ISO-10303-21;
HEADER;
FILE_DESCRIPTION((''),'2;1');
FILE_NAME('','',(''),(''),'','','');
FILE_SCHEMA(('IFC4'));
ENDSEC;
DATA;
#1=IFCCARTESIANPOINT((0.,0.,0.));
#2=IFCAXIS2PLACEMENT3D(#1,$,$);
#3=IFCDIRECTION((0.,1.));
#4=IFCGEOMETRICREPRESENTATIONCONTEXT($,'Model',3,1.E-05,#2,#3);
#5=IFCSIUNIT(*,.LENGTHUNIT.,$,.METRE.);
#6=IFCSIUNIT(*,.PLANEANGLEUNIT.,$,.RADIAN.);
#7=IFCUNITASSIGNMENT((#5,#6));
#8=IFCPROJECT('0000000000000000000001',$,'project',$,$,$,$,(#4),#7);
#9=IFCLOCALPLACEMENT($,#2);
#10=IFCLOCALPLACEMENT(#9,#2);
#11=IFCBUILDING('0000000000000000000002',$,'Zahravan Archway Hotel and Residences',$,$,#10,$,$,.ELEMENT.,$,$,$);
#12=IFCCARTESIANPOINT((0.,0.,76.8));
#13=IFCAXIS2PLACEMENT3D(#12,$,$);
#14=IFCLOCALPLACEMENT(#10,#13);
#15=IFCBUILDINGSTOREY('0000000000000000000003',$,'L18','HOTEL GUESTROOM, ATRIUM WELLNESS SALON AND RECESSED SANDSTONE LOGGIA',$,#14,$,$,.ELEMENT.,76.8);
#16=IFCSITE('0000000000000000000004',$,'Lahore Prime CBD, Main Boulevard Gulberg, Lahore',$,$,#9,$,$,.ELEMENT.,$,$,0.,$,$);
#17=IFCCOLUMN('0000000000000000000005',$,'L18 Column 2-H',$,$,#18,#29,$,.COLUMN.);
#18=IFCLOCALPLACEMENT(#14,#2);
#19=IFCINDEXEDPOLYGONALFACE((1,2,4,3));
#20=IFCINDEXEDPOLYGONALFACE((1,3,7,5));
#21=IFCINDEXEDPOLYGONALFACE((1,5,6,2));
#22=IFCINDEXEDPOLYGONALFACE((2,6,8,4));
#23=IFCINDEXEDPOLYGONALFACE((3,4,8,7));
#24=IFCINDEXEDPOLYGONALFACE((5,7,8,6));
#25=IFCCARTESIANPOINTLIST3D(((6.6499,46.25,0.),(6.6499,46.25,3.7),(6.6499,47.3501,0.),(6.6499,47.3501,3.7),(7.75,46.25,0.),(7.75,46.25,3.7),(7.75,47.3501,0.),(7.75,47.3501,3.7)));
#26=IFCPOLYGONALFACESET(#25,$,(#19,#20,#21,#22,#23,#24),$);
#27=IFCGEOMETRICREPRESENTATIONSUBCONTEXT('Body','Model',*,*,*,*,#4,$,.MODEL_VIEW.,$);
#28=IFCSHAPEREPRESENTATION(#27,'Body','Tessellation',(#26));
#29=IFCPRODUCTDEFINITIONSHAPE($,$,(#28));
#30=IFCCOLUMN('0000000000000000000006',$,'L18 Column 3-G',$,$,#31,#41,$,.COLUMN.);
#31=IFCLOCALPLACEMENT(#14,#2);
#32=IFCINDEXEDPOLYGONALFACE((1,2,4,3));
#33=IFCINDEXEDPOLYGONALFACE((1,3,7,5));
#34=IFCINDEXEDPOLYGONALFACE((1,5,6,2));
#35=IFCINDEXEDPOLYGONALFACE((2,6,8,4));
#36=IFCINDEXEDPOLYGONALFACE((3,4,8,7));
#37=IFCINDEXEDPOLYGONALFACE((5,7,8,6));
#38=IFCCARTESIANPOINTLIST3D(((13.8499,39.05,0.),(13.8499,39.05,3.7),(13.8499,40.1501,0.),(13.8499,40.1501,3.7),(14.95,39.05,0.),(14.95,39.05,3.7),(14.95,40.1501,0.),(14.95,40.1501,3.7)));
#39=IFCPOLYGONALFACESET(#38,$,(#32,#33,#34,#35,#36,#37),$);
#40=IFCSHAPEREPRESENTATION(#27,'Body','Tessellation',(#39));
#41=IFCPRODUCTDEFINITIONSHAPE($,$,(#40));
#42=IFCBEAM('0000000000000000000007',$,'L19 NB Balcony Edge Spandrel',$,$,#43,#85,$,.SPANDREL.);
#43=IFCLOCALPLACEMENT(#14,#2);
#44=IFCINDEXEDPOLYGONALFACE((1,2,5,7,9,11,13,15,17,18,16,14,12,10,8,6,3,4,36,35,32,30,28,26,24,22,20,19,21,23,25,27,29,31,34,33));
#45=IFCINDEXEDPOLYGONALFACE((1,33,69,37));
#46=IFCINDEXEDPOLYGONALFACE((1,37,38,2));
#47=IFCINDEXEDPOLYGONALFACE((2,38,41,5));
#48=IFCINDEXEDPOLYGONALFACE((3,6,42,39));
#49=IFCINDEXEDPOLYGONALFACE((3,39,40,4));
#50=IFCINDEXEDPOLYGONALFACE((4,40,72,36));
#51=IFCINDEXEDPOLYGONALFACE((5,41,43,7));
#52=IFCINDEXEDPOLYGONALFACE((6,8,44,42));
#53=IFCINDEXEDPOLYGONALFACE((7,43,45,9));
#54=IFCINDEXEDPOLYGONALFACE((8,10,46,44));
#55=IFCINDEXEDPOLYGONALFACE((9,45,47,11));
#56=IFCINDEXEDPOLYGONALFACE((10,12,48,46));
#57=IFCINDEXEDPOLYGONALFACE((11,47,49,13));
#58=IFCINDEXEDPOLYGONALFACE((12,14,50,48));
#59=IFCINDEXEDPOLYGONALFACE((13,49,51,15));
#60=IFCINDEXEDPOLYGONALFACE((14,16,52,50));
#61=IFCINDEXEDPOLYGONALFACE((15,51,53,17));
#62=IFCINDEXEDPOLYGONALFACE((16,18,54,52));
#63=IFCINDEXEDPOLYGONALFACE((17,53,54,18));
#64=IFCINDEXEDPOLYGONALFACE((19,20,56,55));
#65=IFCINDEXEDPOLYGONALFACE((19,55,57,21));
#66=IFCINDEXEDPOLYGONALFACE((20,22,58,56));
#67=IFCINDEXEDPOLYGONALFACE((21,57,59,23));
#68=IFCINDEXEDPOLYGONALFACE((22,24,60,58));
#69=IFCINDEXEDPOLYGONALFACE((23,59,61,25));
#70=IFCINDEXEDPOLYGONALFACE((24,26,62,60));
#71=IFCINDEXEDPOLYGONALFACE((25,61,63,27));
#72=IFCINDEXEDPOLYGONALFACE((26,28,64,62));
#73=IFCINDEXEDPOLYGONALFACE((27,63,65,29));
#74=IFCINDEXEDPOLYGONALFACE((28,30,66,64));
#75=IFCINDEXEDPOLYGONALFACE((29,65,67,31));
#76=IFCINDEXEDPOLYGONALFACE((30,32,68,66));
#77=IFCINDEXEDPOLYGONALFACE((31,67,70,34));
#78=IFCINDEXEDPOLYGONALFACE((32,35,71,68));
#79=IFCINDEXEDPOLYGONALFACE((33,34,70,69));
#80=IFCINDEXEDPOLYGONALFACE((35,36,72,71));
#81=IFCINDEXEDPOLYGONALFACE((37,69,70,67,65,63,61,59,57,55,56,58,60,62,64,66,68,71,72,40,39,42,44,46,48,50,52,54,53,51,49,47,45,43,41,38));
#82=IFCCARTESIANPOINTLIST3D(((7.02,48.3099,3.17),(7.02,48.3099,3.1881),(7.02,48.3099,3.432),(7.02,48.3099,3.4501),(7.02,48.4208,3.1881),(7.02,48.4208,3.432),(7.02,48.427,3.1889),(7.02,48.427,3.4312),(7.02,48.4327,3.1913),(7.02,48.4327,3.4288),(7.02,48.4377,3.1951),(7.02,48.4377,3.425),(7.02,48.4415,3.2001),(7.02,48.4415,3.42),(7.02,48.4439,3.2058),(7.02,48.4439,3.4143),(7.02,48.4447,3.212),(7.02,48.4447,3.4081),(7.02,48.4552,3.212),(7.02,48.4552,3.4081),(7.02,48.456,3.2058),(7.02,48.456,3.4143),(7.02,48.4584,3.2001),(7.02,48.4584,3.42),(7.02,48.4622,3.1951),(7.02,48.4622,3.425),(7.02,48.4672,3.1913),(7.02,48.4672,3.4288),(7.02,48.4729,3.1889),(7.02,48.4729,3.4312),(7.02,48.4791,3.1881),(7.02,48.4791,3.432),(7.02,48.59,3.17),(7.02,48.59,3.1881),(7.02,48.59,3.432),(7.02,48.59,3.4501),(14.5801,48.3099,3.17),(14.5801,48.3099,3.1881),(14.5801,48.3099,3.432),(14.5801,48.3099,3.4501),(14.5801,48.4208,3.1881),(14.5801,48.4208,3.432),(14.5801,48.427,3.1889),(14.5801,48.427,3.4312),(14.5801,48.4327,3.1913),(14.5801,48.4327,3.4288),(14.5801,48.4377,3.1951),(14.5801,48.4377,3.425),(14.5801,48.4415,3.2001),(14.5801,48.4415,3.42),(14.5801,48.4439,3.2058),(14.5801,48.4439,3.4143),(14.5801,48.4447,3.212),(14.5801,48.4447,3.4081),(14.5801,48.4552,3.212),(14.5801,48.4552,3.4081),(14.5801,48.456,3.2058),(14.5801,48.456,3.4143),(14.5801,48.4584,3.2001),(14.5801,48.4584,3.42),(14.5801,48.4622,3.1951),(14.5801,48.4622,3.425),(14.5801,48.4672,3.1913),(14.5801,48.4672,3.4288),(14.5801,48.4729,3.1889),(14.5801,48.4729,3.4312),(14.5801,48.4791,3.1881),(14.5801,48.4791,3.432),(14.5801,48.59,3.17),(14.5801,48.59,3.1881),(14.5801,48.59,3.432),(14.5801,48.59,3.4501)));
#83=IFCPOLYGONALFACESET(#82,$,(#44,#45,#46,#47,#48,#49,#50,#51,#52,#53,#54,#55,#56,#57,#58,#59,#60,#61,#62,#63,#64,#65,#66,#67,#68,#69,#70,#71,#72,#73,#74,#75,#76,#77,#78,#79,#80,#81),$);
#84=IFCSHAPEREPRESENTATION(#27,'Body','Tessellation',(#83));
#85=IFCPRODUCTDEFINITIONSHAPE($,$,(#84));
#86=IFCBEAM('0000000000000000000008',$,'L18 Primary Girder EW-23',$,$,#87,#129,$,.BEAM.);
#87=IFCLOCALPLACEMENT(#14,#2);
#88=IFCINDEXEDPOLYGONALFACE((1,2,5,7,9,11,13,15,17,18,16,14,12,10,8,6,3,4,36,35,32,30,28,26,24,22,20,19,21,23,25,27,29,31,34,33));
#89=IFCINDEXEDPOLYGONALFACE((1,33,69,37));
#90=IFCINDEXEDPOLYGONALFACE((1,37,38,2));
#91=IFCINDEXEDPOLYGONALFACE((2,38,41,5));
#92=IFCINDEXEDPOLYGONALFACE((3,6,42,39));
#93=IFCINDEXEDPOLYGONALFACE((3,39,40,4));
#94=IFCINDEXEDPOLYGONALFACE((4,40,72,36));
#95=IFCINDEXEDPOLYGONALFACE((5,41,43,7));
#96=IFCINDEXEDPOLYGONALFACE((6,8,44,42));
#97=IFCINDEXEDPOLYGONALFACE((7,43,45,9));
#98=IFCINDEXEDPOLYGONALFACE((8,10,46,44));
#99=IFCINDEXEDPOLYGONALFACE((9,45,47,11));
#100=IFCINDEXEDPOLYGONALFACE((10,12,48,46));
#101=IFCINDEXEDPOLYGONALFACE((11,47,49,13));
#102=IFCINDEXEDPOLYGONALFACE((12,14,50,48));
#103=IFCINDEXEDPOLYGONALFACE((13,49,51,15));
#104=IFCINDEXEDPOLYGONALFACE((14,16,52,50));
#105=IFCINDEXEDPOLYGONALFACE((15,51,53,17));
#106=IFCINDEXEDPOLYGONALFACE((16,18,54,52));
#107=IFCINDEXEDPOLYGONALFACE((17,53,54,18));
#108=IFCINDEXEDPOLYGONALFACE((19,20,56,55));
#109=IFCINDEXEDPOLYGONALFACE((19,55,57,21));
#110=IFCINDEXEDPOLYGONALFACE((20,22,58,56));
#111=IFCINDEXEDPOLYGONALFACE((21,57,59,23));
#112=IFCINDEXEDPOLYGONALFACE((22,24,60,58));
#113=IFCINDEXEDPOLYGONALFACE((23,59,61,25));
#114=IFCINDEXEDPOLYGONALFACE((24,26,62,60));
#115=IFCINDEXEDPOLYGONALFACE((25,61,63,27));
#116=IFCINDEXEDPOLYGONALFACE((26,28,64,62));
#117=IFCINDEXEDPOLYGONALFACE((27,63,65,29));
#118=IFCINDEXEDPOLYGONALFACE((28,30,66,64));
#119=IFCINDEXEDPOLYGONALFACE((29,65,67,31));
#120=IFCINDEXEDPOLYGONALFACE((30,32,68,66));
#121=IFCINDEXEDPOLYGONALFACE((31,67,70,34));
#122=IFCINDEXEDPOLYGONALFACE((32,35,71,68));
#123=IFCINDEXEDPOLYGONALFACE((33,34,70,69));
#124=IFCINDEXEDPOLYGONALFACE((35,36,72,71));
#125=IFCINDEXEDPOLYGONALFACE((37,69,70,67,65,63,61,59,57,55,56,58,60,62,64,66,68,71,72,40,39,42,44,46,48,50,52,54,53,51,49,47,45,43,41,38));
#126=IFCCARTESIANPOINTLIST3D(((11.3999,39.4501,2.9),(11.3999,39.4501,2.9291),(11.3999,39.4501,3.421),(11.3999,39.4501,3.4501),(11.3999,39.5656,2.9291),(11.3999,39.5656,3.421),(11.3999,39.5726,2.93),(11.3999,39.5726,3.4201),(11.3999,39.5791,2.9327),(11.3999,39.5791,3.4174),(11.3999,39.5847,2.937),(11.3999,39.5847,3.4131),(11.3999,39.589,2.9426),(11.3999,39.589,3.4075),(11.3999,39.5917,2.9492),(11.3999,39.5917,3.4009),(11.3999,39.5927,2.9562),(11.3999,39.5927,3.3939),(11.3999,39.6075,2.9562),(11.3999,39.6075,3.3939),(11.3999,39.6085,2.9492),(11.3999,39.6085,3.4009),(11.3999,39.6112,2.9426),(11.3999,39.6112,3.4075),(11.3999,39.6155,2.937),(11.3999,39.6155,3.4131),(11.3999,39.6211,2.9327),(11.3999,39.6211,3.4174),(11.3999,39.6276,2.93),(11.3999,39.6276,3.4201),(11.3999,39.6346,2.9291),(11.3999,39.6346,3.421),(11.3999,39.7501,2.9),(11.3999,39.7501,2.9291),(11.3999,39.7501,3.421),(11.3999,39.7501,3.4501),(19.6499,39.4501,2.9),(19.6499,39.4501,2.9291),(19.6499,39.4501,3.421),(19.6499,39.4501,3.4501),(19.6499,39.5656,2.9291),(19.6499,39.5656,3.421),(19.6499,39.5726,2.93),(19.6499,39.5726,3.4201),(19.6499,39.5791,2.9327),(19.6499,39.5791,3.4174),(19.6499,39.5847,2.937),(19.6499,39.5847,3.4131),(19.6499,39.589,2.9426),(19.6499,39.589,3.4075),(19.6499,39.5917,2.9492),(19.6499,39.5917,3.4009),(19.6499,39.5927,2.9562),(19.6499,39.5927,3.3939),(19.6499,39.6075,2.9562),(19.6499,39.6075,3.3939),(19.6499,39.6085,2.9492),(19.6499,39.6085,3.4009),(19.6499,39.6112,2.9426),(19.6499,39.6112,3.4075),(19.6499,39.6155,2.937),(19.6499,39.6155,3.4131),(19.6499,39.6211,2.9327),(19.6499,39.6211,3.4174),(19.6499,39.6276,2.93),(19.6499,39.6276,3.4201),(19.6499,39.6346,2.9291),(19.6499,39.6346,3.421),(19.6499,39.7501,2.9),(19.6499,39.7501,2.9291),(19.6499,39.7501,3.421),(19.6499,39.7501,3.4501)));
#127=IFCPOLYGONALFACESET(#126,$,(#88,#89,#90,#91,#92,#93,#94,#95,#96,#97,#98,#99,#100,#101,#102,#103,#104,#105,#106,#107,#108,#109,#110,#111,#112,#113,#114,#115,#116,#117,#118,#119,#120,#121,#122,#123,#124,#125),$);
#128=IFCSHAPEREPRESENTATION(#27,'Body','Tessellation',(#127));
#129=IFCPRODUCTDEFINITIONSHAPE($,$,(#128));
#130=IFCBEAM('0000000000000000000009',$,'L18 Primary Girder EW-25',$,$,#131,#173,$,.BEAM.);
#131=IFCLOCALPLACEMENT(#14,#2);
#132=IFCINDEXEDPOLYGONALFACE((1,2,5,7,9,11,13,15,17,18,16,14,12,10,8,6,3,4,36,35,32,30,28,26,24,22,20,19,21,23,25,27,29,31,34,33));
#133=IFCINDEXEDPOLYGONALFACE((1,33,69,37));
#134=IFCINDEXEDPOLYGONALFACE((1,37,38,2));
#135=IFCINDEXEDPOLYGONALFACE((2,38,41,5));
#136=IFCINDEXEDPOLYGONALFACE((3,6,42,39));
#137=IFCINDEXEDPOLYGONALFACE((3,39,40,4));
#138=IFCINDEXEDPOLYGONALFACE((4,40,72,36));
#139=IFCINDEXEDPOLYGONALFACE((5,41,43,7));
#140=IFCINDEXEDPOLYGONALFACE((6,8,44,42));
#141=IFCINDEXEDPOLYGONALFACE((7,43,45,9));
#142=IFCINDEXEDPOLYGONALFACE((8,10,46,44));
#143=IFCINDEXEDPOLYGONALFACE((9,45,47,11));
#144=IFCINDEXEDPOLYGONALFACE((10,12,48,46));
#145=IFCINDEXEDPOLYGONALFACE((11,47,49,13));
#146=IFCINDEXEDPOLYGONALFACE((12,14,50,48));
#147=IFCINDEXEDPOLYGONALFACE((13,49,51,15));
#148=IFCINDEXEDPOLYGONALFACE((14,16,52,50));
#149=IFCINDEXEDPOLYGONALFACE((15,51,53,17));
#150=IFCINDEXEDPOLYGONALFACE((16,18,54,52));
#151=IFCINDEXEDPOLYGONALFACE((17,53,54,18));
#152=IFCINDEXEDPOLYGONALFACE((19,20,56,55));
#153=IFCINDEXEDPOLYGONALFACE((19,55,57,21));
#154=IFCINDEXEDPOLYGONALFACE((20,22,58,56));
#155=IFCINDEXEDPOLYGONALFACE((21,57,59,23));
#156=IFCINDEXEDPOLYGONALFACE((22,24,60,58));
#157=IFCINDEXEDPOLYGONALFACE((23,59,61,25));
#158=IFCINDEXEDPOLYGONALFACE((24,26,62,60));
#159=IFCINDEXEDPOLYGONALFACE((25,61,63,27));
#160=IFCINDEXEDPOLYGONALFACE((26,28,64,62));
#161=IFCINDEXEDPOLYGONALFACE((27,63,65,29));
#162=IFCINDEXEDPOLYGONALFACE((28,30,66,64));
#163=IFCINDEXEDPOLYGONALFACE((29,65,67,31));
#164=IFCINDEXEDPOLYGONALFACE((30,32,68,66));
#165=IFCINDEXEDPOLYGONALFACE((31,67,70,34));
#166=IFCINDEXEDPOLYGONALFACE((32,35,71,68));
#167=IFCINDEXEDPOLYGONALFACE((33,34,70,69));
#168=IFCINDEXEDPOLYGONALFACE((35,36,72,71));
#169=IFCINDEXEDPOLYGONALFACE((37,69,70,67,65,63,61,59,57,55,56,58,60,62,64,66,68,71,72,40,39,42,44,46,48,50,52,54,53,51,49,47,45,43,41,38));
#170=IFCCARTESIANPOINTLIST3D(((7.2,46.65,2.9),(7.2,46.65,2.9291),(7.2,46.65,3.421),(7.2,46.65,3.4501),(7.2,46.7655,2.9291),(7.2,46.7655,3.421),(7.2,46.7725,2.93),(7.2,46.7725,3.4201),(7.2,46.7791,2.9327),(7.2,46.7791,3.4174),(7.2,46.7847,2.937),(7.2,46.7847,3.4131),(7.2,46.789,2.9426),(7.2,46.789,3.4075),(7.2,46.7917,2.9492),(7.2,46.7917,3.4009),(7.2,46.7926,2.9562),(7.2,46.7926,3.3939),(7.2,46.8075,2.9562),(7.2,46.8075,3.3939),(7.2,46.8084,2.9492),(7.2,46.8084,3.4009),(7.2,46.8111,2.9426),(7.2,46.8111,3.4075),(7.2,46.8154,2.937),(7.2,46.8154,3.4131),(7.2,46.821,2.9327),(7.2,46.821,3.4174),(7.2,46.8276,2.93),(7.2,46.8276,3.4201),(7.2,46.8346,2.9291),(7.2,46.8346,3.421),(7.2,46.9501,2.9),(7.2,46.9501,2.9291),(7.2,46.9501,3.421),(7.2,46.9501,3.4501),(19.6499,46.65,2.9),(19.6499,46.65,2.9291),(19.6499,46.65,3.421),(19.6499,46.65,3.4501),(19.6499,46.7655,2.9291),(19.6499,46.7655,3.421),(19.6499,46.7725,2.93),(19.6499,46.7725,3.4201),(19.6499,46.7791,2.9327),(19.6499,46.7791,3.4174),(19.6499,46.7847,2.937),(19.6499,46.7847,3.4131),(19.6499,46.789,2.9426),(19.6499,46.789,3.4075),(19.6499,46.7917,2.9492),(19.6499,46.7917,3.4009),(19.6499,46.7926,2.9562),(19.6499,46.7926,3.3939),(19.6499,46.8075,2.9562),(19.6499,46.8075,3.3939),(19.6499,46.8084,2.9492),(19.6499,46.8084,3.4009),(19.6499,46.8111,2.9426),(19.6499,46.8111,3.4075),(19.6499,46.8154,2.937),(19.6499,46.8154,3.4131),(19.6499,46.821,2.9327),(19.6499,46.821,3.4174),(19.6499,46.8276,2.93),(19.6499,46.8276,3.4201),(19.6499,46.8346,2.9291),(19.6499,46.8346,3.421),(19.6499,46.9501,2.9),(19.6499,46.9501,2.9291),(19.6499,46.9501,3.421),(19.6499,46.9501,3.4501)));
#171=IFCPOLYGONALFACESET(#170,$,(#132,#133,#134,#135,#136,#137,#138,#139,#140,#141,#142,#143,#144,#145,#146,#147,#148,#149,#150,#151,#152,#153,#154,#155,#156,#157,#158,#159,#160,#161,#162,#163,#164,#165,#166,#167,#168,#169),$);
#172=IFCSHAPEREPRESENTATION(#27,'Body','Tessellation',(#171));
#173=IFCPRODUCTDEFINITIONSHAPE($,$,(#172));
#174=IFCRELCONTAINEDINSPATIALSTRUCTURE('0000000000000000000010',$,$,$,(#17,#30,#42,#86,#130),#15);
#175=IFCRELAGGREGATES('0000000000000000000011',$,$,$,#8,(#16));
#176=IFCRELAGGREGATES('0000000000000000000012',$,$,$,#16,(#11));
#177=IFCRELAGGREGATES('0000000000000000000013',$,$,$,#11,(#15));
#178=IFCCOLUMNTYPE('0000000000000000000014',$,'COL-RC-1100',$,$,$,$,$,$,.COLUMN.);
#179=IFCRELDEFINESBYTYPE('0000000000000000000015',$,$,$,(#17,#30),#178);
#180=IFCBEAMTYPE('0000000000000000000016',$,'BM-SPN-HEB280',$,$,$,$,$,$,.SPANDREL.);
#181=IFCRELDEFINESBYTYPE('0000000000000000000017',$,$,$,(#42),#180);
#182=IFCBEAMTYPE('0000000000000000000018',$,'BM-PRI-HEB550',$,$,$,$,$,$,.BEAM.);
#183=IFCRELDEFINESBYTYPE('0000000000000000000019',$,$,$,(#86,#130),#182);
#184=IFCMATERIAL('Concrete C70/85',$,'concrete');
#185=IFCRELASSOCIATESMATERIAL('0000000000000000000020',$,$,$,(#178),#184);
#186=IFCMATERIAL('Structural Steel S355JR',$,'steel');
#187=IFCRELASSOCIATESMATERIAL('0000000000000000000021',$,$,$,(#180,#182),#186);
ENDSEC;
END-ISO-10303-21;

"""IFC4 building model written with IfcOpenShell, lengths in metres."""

from ifc_helpers import new_model, si_unit, direction, frame, origin, origin_2d, place, context, subcontext, project, spatial, rectangle, i_section, extrude, source, transform, mapped, material, material_profile, profile_set, type_object, type_shapes, element, save


model = new_model("IFC4")

# Units and contexts
model_context = context("Model", 3, precision=1e-05, world=origin(), true_north=direction((0.0, 1.0)))
body_context = subcontext(model_context, "Body", "Model", "MODEL_VIEW")
ifc_project = project(units=[si_unit("LENGTHUNIT", "METRE"), si_unit("PLANEANGLEUNIT", "RADIAN")], contexts=[model_context])

# Site, building, storey
site_placement = place(None, origin())
site = spatial("IfcSite", under=ifc_project, at=site_placement, Name="Lahore Prime CBD, Main Boulevard Gulberg, Lahore", CompositionType="ELEMENT", RefElevation=0.0)
building_placement = place(site_placement, origin())
building = spatial("IfcBuilding", under=site, at=building_placement, Name="Zahravan Archway Hotel and Residences", CompositionType="ELEMENT")
storey_placement = place(building_placement, frame((0.0, 0.0, 76.8)))
storey = spatial("IfcBuildingStorey", under=building, at=storey_placement, Name="L18", Description="HOTEL GUESTROOM, ATRIUM WELLNESS SALON AND RECESSED SANDSTONE LOGGIA", CompositionType="ELEMENT", Elevation=76.8)

# Columns
ifc_material_1 = material(Name="Concrete C70/85", Category="concrete")
ifc_material_profile_1 = material_profile(ifc_material_1, rectangle(XDim=1.1001, YDim=1.1001, at=origin_2d()), Name="RC 1100x1100", Category="concrete")
ifc_profile_set_1 = profile_set([ifc_material_profile_1], Name="Concrete C70/85")
column_type = type_object("IfcColumnType", Name="COL-RC-1100", PredefinedType="COLUMN", material=ifc_profile_set_1)
shared_shape_1 = source(origin(), body_context, "Body", "SweptSolid", [
    extrude(rectangle(XDim=1.1001, YDim=1.1001, at=origin_2d()), origin(), (0.0, 0.0, 1.0), 3.7),
])
for number, where, z_axis, x_axis, name in (
    (1, (7.2, 46.8, 0.0), (0.0, 0.0, 1.0), (1.0, 0.0, 0.0), "L18 Column 2-H"),
    (2, (14.3999, 39.6001, 0.0), (0.0, 0.0, 1.0), (1.0, 0.0, 0.0), "L18 Column 3-G"),
):
    element("IfcColumn", number, at=place(storey_placement, frame(where, z_axis=z_axis, x_axis=x_axis)), inside=storey, type_object=column_type, Name=name, PredefinedType="COLUMN", context=body_context, shape_type="MappedRepresentation", body=[
        mapped(shared_shape_1, transform((0.0, 0.0, 0.0), scale=1.0)),
    ])

# Beams
ifc_material_2 = material(Name="Structural Steel S355JR", Category="steel")
ifc_material_profile_2 = material_profile(ifc_material_2, i_section(OverallWidth=0.28, OverallDepth=0.28, WebThickness=0.0105, FlangeThickness=0.0181, FilletRadius=0.0239, at=origin_2d()), Name="HEB 280", Category="steel")
ifc_profile_set_2 = profile_set([ifc_material_profile_2], Name="Structural Steel S355JR")
beam_type_1 = type_object("IfcBeamType", Name="BM-SPN-HEB280", PredefinedType="SPANDREL", material=ifc_profile_set_2)
shared_shape_2 = source(origin(), body_context, "Body", "SweptSolid", [
    extrude(i_section(OverallWidth=0.28, OverallDepth=0.28, WebThickness=0.0105, FlangeThickness=0.0181, FilletRadius=0.0239, at=origin_2d()), origin(), (0.0, 0.0, 1.0), 7.5601),
])
type_shapes(beam_type_1, [shared_shape_2])
beam_1_placement = place(storey_placement, frame((7.02, 48.45, 3.3101), z_axis=(1.0, 0.0, 0.0), x_axis=(0.0, 1.0, 0.0)))
element("IfcBeam", 3, at=beam_1_placement, inside=storey, type_object=beam_type_1, Name="L19 NB Balcony Edge Spandrel", PredefinedType="SPANDREL", context=body_context, shape_type="MappedRepresentation", body=[
    mapped(shared_shape_2, transform((0.0, 0.0, 0.0), scale=1.0)),
])
ifc_material_profile_3 = material_profile(ifc_material_2, i_section(OverallWidth=0.3, OverallDepth=0.55, WebThickness=0.0149, FlangeThickness=0.0291, FilletRadius=0.0271, at=origin_2d()), Name="HEB 550", Category="steel")
ifc_profile_set_3 = profile_set([ifc_material_profile_3], Name="Structural Steel S355JR")
beam_type_2 = type_object("IfcBeamType", Name="BM-PRI-HEB550", PredefinedType="BEAM", material=ifc_profile_set_3)
shared_shape_3 = source(origin(), body_context, "Body", "SweptSolid", [
    extrude(i_section(OverallWidth=0.3, OverallDepth=0.55, WebThickness=0.0149, FlangeThickness=0.0291, FilletRadius=0.0271, at=origin_2d()), origin(), (0.0, 0.0, 1.0), 8.25),
])
beam_2_placement = place(storey_placement, frame((11.3999, 39.6001, 3.175), z_axis=(1.0, 0.0, 0.0), x_axis=(0.0, 1.0, 0.0)))
element("IfcBeam", 4, at=beam_2_placement, inside=storey, type_object=beam_type_2, Name="L18 Primary Girder EW-23", PredefinedType="BEAM", context=body_context, shape_type="MappedRepresentation", body=[
    mapped(shared_shape_3, transform((0.0, 0.0, 0.0), scale=1.0)),
])
shared_shape_4 = source(origin(), body_context, "Body", "SweptSolid", [
    extrude(i_section(OverallWidth=0.3, OverallDepth=0.55, WebThickness=0.0149, FlangeThickness=0.0291, FilletRadius=0.0271, at=origin_2d()), origin(), (0.0, 0.0, 1.0), 12.45),
])
beam_3_placement = place(storey_placement, frame((7.2, 46.8, 3.175), z_axis=(1.0, 0.0, 0.0), x_axis=(0.0, 1.0, 0.0)))
element("IfcBeam", 5, at=beam_3_placement, inside=storey, type_object=beam_type_2, Name="L18 Primary Girder EW-25", PredefinedType="BEAM", context=body_context, shape_type="MappedRepresentation", body=[
    mapped(shared_shape_4, transform((0.0, 0.0, 0.0), scale=1.0)),
])

save(model, "model.ifc")
